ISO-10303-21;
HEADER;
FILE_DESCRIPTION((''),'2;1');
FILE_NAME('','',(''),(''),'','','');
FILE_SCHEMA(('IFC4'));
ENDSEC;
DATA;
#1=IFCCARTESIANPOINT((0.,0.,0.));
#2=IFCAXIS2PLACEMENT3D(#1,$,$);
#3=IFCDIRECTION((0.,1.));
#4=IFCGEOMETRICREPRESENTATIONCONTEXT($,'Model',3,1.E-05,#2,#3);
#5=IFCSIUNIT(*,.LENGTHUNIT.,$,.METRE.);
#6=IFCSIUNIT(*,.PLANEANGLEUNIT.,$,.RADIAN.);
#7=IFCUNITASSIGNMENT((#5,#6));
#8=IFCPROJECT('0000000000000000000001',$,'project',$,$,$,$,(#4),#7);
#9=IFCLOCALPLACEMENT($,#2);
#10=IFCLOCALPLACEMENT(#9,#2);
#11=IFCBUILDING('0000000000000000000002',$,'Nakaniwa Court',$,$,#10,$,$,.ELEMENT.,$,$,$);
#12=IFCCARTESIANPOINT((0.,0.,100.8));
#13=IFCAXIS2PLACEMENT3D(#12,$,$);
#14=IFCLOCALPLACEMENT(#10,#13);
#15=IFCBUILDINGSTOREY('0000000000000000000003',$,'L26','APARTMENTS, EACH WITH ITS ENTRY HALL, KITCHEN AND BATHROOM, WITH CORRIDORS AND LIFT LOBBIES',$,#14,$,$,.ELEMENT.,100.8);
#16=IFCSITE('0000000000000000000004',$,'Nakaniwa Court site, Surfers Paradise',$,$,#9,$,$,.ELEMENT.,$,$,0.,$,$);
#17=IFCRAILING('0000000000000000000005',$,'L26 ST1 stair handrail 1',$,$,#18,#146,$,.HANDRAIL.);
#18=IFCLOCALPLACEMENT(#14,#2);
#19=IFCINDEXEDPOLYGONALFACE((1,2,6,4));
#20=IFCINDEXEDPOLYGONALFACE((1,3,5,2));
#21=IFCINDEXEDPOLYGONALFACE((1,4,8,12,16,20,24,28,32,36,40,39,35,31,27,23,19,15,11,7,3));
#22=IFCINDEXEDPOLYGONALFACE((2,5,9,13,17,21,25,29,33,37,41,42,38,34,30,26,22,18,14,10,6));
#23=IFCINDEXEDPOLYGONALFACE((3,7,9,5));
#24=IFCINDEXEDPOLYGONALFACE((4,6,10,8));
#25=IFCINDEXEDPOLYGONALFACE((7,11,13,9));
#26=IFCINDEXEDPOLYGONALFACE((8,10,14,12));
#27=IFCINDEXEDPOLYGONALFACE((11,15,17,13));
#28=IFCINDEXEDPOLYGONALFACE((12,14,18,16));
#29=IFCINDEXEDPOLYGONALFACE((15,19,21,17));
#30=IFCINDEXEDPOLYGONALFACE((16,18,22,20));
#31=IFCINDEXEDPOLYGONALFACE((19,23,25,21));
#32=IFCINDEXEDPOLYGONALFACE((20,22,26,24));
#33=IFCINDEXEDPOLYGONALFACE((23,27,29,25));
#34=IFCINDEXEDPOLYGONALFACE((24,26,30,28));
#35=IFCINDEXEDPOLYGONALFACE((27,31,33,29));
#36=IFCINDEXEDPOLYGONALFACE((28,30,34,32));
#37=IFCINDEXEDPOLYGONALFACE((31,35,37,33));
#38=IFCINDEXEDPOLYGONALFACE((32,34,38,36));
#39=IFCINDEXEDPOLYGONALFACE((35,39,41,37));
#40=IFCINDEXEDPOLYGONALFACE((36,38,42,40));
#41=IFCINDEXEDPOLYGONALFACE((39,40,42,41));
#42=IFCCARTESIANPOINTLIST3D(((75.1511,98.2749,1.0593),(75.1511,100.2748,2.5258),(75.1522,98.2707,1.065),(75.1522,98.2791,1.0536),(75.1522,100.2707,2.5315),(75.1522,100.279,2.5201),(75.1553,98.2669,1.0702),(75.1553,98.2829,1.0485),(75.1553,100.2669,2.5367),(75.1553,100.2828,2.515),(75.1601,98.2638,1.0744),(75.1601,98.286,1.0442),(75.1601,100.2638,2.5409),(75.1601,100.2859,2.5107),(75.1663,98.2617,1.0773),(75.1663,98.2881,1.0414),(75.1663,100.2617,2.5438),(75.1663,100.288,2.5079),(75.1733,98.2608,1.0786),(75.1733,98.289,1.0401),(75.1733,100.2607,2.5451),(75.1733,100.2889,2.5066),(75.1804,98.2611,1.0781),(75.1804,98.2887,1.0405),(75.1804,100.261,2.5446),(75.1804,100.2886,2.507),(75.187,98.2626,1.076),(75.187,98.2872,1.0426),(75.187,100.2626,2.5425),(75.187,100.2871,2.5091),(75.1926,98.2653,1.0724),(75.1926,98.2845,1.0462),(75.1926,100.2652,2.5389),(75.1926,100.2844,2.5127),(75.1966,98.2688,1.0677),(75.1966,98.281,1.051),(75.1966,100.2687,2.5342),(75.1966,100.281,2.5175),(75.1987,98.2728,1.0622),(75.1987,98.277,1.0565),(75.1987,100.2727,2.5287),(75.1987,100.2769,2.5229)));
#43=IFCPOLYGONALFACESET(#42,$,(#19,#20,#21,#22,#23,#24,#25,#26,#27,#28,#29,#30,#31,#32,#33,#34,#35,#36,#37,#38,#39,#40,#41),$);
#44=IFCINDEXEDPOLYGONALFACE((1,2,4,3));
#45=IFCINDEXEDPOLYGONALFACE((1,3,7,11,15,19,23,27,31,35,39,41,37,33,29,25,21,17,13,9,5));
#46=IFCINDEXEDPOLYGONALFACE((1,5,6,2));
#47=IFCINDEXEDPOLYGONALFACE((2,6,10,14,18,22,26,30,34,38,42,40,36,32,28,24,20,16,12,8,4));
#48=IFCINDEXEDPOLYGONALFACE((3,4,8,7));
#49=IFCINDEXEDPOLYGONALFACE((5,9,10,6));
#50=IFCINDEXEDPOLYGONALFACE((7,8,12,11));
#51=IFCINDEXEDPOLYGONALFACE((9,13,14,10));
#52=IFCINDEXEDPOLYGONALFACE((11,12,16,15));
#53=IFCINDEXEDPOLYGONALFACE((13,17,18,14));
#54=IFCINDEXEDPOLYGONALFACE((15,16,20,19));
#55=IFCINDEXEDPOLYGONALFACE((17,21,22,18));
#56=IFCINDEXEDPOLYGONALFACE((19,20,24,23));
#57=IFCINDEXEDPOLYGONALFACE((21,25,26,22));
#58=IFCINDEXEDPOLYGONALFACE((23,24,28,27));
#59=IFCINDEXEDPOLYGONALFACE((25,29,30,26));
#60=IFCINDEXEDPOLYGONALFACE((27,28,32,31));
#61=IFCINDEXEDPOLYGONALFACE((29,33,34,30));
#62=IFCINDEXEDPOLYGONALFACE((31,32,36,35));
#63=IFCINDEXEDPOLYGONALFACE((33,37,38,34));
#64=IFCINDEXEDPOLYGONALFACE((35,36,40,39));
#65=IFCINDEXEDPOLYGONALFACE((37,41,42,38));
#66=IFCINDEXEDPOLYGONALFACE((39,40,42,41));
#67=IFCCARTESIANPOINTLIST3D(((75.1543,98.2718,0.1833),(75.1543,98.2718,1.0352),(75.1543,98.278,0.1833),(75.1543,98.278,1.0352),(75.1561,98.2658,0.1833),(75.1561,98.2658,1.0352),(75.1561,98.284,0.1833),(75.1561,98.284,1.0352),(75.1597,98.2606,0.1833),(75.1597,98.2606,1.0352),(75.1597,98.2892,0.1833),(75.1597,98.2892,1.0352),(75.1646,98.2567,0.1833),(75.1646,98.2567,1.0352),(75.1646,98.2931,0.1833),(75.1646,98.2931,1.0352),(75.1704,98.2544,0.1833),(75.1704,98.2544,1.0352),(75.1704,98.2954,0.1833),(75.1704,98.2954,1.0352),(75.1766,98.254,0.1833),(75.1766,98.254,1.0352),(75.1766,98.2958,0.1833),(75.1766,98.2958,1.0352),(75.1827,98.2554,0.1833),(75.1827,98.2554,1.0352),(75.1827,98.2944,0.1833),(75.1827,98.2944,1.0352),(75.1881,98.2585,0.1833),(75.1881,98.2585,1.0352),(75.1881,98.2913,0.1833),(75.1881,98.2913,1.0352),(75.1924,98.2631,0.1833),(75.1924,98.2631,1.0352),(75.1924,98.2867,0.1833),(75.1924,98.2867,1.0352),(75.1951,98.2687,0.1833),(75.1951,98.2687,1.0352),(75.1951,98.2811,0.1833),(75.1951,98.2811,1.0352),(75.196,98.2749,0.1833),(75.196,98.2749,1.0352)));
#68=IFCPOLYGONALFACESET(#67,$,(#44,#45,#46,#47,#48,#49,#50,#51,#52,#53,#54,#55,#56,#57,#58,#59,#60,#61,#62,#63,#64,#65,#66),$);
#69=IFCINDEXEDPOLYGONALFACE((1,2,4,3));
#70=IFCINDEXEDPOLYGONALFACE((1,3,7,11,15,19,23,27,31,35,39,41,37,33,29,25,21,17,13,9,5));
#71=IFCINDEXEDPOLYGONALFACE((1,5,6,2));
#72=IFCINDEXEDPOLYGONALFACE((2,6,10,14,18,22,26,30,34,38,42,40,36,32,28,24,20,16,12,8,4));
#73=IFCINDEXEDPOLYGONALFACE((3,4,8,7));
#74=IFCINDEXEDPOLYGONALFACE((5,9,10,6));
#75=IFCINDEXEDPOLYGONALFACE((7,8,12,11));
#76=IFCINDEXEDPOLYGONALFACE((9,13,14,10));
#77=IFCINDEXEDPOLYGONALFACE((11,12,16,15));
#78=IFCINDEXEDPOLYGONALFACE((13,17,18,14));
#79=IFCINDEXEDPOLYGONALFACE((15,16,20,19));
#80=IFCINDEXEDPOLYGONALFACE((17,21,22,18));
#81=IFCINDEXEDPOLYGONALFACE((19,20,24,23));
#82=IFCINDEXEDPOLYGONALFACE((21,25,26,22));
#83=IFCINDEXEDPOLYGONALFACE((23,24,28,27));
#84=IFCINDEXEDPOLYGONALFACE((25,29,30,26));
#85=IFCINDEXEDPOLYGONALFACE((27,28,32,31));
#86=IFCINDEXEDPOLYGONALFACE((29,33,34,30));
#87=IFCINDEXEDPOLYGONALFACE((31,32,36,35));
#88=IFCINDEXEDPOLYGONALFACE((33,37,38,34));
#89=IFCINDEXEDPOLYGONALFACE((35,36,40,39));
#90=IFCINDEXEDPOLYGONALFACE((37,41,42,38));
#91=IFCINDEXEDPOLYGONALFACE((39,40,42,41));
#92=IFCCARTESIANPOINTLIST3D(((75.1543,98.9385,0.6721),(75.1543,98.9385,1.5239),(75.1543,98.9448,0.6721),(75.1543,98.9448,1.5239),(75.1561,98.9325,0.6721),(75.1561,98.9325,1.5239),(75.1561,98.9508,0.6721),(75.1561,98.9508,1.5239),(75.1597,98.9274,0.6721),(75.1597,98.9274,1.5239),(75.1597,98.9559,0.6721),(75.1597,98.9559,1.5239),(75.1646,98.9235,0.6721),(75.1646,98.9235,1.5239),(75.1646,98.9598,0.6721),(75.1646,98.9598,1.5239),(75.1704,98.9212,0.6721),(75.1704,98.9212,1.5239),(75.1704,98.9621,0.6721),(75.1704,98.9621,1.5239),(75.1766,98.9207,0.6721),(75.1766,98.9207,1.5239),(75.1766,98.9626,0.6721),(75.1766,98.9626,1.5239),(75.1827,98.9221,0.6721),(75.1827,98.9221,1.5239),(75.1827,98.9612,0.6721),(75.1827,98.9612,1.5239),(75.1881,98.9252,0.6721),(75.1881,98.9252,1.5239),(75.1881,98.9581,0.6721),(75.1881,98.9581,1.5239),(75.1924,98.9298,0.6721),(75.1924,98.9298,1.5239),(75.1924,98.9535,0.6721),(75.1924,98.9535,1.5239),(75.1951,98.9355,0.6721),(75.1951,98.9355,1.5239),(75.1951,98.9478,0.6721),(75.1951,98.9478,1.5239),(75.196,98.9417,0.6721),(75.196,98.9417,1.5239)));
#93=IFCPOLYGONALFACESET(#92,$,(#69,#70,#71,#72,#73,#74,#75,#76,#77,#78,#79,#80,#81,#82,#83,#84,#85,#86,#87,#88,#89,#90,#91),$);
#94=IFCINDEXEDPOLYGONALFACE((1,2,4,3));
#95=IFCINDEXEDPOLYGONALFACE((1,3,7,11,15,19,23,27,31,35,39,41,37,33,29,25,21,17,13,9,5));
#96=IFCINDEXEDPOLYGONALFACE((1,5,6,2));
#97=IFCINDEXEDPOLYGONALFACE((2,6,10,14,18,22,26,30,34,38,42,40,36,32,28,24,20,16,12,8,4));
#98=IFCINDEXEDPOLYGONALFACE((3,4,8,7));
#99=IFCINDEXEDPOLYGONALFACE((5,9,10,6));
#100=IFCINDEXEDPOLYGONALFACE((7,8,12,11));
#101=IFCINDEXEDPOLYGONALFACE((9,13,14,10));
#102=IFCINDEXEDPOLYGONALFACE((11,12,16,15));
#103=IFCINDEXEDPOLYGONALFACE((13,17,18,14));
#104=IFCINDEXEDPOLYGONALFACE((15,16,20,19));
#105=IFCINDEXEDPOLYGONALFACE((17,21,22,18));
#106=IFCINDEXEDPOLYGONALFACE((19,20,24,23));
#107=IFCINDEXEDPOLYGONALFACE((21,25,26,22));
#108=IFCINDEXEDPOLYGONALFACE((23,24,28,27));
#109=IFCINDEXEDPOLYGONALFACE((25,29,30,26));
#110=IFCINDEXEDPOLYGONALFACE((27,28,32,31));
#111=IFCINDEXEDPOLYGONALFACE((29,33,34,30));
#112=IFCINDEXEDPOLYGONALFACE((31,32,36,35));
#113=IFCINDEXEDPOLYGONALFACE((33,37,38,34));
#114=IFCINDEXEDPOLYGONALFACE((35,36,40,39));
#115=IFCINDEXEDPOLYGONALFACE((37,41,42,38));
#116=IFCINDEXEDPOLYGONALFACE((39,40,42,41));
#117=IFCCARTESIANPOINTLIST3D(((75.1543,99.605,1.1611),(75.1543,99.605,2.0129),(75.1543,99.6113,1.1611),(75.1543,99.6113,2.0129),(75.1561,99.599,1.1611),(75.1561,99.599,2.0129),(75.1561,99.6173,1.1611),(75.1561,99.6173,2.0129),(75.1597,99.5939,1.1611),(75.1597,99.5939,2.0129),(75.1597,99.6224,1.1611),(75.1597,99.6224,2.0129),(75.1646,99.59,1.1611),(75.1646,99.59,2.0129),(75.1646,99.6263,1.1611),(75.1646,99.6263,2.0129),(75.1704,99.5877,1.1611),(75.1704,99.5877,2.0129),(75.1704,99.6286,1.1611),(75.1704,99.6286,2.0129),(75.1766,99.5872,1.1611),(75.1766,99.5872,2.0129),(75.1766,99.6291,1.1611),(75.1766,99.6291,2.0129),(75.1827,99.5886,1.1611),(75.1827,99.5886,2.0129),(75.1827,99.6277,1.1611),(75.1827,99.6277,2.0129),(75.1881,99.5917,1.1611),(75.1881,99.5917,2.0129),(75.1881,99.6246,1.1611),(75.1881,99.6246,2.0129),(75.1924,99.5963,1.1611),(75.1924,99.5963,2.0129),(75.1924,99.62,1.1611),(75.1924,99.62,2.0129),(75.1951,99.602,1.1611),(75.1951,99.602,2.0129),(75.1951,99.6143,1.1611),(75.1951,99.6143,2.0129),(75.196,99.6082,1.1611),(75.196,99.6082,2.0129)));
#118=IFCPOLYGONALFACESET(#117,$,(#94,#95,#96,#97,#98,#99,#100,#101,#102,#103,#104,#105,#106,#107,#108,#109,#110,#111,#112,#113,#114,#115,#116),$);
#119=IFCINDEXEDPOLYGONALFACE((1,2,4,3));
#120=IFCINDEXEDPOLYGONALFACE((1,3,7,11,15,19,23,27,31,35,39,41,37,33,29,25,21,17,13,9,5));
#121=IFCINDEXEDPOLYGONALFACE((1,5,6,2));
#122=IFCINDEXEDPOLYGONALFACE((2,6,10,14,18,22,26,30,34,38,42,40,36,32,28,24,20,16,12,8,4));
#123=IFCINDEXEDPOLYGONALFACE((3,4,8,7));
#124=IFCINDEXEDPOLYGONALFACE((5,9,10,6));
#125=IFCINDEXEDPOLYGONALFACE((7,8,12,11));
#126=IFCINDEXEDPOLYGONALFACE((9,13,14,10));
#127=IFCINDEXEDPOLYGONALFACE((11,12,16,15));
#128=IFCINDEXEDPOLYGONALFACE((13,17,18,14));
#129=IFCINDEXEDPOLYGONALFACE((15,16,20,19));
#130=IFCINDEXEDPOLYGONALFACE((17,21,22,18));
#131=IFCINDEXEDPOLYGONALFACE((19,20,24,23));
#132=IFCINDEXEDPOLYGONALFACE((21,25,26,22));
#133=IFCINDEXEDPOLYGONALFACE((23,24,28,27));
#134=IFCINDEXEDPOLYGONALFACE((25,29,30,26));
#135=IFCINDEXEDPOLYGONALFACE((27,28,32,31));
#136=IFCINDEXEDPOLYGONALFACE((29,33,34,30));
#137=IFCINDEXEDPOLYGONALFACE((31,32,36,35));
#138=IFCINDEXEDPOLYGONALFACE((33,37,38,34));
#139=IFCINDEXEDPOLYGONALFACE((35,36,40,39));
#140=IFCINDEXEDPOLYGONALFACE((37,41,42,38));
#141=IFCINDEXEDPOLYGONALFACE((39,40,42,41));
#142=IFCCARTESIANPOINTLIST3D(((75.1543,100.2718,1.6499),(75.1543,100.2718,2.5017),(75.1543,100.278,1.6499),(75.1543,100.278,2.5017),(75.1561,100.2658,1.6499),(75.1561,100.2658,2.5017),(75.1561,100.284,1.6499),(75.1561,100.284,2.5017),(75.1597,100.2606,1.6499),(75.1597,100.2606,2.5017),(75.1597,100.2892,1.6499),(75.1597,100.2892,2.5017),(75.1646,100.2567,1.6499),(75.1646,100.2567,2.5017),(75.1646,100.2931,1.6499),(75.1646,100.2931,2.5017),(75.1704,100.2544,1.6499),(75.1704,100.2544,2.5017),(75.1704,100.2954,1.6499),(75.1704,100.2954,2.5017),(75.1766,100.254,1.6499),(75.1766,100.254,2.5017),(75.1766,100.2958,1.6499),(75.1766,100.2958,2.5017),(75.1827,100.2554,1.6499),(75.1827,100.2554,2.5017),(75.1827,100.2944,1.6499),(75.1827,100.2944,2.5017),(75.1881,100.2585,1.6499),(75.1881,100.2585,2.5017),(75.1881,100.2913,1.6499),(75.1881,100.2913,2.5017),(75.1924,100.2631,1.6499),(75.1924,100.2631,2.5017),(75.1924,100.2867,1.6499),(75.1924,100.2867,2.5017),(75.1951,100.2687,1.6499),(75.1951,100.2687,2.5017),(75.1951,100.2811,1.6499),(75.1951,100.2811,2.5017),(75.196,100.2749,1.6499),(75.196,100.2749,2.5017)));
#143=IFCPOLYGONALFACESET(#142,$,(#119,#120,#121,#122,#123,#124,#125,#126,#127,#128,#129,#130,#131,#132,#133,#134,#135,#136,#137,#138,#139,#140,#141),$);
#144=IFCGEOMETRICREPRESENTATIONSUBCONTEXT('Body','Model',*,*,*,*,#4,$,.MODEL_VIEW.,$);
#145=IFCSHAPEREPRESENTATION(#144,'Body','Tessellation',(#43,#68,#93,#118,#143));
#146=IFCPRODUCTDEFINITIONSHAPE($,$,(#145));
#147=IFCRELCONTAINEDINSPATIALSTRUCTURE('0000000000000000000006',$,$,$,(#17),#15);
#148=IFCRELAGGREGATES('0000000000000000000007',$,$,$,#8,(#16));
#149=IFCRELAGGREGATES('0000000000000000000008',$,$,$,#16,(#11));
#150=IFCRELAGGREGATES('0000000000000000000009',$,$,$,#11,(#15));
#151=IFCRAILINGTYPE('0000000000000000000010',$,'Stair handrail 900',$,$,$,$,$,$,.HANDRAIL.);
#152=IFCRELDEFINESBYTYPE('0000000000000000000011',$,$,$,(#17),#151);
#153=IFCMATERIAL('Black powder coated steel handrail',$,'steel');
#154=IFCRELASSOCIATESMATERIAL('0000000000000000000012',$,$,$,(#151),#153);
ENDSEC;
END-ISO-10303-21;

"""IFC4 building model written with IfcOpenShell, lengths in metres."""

from ifc_helpers import new_model, si_unit, direction, frame, origin, origin_2d, place, context, subcontext, project, spatial, circle, extrude, material, type_object, element, save


model = new_model("IFC4")

# Units and contexts
model_context = context("Model", 3, precision=1e-05, world=origin(), true_north=direction((0.0, 1.0)))
body_context = subcontext(model_context, "Body", "Model", "MODEL_VIEW")
ifc_project = project(units=[si_unit("LENGTHUNIT", "METRE"), si_unit("PLANEANGLEUNIT", "RADIAN")], contexts=[model_context])

# Site, building, storey
site_placement = place(None, origin())
site = spatial("IfcSite", under=ifc_project, at=site_placement, Name="Nakaniwa Court site, Surfers Paradise", CompositionType="ELEMENT", RefElevation=0.0)
building_placement = place(site_placement, origin())
building = spatial("IfcBuilding", under=site, at=building_placement, Name="Nakaniwa Court", CompositionType="ELEMENT")
storey_placement = place(building_placement, frame((0.0, 0.0, 100.8)))
storey = spatial("IfcBuildingStorey", under=building, at=storey_placement, Name="L26", Description="APARTMENTS, EACH WITH ITS ENTRY HALL, KITCHEN AND BATHROOM, WITH CORRIDORS AND LIFT LOBBIES", CompositionType="ELEMENT", Elevation=100.8)

# Railing
ifc_material_1 = material(Name="Black powder coated steel handrail", Category="steel")
railing_type_1 = type_object("IfcRailingType", Name="Stair handrail 900", PredefinedType="HANDRAIL", material=ifc_material_1)
railing_1_placement = place(storey_placement, frame((75.175, 98.2749, 0.1833)))
element("IfcRailing", 1, at=railing_1_placement, inside=storey, type_object=railing_type_1, Name="L26 ST1 stair handrail 1", PredefinedType="HANDRAIL", context=body_context, shape_type="SweptSolid", body=[
    extrude(circle(Radius=0.0239, at=origin_2d()), frame((0.0, 0.0, 0.876), z_axis=(0.0, 0.806427, 0.591334), x_axis=(-1.0, 0.0, 0.0)), (0.0, 0.0, 1.0), 2.48),
    extrude(circle(Radius=0.021, at=origin_2d()), origin(), (0.0, 0.0, 1.0), 0.8518),
    extrude(circle(Radius=0.021, at=origin_2d()), frame((0.0, 0.6667, 0.4888)), (0.0, 0.0, 1.0), 0.8518),
    extrude(circle(Radius=0.021, at=origin_2d()), frame((0.0, 1.3333, 0.9778)), (0.0, 0.0, 1.0), 0.8518),
    extrude(circle(Radius=0.021, at=origin_2d()), frame((0.0, 2.0, 1.4666)), (0.0, 0.0, 1.0), 0.8518),
])

save(model, "model.ifc")
